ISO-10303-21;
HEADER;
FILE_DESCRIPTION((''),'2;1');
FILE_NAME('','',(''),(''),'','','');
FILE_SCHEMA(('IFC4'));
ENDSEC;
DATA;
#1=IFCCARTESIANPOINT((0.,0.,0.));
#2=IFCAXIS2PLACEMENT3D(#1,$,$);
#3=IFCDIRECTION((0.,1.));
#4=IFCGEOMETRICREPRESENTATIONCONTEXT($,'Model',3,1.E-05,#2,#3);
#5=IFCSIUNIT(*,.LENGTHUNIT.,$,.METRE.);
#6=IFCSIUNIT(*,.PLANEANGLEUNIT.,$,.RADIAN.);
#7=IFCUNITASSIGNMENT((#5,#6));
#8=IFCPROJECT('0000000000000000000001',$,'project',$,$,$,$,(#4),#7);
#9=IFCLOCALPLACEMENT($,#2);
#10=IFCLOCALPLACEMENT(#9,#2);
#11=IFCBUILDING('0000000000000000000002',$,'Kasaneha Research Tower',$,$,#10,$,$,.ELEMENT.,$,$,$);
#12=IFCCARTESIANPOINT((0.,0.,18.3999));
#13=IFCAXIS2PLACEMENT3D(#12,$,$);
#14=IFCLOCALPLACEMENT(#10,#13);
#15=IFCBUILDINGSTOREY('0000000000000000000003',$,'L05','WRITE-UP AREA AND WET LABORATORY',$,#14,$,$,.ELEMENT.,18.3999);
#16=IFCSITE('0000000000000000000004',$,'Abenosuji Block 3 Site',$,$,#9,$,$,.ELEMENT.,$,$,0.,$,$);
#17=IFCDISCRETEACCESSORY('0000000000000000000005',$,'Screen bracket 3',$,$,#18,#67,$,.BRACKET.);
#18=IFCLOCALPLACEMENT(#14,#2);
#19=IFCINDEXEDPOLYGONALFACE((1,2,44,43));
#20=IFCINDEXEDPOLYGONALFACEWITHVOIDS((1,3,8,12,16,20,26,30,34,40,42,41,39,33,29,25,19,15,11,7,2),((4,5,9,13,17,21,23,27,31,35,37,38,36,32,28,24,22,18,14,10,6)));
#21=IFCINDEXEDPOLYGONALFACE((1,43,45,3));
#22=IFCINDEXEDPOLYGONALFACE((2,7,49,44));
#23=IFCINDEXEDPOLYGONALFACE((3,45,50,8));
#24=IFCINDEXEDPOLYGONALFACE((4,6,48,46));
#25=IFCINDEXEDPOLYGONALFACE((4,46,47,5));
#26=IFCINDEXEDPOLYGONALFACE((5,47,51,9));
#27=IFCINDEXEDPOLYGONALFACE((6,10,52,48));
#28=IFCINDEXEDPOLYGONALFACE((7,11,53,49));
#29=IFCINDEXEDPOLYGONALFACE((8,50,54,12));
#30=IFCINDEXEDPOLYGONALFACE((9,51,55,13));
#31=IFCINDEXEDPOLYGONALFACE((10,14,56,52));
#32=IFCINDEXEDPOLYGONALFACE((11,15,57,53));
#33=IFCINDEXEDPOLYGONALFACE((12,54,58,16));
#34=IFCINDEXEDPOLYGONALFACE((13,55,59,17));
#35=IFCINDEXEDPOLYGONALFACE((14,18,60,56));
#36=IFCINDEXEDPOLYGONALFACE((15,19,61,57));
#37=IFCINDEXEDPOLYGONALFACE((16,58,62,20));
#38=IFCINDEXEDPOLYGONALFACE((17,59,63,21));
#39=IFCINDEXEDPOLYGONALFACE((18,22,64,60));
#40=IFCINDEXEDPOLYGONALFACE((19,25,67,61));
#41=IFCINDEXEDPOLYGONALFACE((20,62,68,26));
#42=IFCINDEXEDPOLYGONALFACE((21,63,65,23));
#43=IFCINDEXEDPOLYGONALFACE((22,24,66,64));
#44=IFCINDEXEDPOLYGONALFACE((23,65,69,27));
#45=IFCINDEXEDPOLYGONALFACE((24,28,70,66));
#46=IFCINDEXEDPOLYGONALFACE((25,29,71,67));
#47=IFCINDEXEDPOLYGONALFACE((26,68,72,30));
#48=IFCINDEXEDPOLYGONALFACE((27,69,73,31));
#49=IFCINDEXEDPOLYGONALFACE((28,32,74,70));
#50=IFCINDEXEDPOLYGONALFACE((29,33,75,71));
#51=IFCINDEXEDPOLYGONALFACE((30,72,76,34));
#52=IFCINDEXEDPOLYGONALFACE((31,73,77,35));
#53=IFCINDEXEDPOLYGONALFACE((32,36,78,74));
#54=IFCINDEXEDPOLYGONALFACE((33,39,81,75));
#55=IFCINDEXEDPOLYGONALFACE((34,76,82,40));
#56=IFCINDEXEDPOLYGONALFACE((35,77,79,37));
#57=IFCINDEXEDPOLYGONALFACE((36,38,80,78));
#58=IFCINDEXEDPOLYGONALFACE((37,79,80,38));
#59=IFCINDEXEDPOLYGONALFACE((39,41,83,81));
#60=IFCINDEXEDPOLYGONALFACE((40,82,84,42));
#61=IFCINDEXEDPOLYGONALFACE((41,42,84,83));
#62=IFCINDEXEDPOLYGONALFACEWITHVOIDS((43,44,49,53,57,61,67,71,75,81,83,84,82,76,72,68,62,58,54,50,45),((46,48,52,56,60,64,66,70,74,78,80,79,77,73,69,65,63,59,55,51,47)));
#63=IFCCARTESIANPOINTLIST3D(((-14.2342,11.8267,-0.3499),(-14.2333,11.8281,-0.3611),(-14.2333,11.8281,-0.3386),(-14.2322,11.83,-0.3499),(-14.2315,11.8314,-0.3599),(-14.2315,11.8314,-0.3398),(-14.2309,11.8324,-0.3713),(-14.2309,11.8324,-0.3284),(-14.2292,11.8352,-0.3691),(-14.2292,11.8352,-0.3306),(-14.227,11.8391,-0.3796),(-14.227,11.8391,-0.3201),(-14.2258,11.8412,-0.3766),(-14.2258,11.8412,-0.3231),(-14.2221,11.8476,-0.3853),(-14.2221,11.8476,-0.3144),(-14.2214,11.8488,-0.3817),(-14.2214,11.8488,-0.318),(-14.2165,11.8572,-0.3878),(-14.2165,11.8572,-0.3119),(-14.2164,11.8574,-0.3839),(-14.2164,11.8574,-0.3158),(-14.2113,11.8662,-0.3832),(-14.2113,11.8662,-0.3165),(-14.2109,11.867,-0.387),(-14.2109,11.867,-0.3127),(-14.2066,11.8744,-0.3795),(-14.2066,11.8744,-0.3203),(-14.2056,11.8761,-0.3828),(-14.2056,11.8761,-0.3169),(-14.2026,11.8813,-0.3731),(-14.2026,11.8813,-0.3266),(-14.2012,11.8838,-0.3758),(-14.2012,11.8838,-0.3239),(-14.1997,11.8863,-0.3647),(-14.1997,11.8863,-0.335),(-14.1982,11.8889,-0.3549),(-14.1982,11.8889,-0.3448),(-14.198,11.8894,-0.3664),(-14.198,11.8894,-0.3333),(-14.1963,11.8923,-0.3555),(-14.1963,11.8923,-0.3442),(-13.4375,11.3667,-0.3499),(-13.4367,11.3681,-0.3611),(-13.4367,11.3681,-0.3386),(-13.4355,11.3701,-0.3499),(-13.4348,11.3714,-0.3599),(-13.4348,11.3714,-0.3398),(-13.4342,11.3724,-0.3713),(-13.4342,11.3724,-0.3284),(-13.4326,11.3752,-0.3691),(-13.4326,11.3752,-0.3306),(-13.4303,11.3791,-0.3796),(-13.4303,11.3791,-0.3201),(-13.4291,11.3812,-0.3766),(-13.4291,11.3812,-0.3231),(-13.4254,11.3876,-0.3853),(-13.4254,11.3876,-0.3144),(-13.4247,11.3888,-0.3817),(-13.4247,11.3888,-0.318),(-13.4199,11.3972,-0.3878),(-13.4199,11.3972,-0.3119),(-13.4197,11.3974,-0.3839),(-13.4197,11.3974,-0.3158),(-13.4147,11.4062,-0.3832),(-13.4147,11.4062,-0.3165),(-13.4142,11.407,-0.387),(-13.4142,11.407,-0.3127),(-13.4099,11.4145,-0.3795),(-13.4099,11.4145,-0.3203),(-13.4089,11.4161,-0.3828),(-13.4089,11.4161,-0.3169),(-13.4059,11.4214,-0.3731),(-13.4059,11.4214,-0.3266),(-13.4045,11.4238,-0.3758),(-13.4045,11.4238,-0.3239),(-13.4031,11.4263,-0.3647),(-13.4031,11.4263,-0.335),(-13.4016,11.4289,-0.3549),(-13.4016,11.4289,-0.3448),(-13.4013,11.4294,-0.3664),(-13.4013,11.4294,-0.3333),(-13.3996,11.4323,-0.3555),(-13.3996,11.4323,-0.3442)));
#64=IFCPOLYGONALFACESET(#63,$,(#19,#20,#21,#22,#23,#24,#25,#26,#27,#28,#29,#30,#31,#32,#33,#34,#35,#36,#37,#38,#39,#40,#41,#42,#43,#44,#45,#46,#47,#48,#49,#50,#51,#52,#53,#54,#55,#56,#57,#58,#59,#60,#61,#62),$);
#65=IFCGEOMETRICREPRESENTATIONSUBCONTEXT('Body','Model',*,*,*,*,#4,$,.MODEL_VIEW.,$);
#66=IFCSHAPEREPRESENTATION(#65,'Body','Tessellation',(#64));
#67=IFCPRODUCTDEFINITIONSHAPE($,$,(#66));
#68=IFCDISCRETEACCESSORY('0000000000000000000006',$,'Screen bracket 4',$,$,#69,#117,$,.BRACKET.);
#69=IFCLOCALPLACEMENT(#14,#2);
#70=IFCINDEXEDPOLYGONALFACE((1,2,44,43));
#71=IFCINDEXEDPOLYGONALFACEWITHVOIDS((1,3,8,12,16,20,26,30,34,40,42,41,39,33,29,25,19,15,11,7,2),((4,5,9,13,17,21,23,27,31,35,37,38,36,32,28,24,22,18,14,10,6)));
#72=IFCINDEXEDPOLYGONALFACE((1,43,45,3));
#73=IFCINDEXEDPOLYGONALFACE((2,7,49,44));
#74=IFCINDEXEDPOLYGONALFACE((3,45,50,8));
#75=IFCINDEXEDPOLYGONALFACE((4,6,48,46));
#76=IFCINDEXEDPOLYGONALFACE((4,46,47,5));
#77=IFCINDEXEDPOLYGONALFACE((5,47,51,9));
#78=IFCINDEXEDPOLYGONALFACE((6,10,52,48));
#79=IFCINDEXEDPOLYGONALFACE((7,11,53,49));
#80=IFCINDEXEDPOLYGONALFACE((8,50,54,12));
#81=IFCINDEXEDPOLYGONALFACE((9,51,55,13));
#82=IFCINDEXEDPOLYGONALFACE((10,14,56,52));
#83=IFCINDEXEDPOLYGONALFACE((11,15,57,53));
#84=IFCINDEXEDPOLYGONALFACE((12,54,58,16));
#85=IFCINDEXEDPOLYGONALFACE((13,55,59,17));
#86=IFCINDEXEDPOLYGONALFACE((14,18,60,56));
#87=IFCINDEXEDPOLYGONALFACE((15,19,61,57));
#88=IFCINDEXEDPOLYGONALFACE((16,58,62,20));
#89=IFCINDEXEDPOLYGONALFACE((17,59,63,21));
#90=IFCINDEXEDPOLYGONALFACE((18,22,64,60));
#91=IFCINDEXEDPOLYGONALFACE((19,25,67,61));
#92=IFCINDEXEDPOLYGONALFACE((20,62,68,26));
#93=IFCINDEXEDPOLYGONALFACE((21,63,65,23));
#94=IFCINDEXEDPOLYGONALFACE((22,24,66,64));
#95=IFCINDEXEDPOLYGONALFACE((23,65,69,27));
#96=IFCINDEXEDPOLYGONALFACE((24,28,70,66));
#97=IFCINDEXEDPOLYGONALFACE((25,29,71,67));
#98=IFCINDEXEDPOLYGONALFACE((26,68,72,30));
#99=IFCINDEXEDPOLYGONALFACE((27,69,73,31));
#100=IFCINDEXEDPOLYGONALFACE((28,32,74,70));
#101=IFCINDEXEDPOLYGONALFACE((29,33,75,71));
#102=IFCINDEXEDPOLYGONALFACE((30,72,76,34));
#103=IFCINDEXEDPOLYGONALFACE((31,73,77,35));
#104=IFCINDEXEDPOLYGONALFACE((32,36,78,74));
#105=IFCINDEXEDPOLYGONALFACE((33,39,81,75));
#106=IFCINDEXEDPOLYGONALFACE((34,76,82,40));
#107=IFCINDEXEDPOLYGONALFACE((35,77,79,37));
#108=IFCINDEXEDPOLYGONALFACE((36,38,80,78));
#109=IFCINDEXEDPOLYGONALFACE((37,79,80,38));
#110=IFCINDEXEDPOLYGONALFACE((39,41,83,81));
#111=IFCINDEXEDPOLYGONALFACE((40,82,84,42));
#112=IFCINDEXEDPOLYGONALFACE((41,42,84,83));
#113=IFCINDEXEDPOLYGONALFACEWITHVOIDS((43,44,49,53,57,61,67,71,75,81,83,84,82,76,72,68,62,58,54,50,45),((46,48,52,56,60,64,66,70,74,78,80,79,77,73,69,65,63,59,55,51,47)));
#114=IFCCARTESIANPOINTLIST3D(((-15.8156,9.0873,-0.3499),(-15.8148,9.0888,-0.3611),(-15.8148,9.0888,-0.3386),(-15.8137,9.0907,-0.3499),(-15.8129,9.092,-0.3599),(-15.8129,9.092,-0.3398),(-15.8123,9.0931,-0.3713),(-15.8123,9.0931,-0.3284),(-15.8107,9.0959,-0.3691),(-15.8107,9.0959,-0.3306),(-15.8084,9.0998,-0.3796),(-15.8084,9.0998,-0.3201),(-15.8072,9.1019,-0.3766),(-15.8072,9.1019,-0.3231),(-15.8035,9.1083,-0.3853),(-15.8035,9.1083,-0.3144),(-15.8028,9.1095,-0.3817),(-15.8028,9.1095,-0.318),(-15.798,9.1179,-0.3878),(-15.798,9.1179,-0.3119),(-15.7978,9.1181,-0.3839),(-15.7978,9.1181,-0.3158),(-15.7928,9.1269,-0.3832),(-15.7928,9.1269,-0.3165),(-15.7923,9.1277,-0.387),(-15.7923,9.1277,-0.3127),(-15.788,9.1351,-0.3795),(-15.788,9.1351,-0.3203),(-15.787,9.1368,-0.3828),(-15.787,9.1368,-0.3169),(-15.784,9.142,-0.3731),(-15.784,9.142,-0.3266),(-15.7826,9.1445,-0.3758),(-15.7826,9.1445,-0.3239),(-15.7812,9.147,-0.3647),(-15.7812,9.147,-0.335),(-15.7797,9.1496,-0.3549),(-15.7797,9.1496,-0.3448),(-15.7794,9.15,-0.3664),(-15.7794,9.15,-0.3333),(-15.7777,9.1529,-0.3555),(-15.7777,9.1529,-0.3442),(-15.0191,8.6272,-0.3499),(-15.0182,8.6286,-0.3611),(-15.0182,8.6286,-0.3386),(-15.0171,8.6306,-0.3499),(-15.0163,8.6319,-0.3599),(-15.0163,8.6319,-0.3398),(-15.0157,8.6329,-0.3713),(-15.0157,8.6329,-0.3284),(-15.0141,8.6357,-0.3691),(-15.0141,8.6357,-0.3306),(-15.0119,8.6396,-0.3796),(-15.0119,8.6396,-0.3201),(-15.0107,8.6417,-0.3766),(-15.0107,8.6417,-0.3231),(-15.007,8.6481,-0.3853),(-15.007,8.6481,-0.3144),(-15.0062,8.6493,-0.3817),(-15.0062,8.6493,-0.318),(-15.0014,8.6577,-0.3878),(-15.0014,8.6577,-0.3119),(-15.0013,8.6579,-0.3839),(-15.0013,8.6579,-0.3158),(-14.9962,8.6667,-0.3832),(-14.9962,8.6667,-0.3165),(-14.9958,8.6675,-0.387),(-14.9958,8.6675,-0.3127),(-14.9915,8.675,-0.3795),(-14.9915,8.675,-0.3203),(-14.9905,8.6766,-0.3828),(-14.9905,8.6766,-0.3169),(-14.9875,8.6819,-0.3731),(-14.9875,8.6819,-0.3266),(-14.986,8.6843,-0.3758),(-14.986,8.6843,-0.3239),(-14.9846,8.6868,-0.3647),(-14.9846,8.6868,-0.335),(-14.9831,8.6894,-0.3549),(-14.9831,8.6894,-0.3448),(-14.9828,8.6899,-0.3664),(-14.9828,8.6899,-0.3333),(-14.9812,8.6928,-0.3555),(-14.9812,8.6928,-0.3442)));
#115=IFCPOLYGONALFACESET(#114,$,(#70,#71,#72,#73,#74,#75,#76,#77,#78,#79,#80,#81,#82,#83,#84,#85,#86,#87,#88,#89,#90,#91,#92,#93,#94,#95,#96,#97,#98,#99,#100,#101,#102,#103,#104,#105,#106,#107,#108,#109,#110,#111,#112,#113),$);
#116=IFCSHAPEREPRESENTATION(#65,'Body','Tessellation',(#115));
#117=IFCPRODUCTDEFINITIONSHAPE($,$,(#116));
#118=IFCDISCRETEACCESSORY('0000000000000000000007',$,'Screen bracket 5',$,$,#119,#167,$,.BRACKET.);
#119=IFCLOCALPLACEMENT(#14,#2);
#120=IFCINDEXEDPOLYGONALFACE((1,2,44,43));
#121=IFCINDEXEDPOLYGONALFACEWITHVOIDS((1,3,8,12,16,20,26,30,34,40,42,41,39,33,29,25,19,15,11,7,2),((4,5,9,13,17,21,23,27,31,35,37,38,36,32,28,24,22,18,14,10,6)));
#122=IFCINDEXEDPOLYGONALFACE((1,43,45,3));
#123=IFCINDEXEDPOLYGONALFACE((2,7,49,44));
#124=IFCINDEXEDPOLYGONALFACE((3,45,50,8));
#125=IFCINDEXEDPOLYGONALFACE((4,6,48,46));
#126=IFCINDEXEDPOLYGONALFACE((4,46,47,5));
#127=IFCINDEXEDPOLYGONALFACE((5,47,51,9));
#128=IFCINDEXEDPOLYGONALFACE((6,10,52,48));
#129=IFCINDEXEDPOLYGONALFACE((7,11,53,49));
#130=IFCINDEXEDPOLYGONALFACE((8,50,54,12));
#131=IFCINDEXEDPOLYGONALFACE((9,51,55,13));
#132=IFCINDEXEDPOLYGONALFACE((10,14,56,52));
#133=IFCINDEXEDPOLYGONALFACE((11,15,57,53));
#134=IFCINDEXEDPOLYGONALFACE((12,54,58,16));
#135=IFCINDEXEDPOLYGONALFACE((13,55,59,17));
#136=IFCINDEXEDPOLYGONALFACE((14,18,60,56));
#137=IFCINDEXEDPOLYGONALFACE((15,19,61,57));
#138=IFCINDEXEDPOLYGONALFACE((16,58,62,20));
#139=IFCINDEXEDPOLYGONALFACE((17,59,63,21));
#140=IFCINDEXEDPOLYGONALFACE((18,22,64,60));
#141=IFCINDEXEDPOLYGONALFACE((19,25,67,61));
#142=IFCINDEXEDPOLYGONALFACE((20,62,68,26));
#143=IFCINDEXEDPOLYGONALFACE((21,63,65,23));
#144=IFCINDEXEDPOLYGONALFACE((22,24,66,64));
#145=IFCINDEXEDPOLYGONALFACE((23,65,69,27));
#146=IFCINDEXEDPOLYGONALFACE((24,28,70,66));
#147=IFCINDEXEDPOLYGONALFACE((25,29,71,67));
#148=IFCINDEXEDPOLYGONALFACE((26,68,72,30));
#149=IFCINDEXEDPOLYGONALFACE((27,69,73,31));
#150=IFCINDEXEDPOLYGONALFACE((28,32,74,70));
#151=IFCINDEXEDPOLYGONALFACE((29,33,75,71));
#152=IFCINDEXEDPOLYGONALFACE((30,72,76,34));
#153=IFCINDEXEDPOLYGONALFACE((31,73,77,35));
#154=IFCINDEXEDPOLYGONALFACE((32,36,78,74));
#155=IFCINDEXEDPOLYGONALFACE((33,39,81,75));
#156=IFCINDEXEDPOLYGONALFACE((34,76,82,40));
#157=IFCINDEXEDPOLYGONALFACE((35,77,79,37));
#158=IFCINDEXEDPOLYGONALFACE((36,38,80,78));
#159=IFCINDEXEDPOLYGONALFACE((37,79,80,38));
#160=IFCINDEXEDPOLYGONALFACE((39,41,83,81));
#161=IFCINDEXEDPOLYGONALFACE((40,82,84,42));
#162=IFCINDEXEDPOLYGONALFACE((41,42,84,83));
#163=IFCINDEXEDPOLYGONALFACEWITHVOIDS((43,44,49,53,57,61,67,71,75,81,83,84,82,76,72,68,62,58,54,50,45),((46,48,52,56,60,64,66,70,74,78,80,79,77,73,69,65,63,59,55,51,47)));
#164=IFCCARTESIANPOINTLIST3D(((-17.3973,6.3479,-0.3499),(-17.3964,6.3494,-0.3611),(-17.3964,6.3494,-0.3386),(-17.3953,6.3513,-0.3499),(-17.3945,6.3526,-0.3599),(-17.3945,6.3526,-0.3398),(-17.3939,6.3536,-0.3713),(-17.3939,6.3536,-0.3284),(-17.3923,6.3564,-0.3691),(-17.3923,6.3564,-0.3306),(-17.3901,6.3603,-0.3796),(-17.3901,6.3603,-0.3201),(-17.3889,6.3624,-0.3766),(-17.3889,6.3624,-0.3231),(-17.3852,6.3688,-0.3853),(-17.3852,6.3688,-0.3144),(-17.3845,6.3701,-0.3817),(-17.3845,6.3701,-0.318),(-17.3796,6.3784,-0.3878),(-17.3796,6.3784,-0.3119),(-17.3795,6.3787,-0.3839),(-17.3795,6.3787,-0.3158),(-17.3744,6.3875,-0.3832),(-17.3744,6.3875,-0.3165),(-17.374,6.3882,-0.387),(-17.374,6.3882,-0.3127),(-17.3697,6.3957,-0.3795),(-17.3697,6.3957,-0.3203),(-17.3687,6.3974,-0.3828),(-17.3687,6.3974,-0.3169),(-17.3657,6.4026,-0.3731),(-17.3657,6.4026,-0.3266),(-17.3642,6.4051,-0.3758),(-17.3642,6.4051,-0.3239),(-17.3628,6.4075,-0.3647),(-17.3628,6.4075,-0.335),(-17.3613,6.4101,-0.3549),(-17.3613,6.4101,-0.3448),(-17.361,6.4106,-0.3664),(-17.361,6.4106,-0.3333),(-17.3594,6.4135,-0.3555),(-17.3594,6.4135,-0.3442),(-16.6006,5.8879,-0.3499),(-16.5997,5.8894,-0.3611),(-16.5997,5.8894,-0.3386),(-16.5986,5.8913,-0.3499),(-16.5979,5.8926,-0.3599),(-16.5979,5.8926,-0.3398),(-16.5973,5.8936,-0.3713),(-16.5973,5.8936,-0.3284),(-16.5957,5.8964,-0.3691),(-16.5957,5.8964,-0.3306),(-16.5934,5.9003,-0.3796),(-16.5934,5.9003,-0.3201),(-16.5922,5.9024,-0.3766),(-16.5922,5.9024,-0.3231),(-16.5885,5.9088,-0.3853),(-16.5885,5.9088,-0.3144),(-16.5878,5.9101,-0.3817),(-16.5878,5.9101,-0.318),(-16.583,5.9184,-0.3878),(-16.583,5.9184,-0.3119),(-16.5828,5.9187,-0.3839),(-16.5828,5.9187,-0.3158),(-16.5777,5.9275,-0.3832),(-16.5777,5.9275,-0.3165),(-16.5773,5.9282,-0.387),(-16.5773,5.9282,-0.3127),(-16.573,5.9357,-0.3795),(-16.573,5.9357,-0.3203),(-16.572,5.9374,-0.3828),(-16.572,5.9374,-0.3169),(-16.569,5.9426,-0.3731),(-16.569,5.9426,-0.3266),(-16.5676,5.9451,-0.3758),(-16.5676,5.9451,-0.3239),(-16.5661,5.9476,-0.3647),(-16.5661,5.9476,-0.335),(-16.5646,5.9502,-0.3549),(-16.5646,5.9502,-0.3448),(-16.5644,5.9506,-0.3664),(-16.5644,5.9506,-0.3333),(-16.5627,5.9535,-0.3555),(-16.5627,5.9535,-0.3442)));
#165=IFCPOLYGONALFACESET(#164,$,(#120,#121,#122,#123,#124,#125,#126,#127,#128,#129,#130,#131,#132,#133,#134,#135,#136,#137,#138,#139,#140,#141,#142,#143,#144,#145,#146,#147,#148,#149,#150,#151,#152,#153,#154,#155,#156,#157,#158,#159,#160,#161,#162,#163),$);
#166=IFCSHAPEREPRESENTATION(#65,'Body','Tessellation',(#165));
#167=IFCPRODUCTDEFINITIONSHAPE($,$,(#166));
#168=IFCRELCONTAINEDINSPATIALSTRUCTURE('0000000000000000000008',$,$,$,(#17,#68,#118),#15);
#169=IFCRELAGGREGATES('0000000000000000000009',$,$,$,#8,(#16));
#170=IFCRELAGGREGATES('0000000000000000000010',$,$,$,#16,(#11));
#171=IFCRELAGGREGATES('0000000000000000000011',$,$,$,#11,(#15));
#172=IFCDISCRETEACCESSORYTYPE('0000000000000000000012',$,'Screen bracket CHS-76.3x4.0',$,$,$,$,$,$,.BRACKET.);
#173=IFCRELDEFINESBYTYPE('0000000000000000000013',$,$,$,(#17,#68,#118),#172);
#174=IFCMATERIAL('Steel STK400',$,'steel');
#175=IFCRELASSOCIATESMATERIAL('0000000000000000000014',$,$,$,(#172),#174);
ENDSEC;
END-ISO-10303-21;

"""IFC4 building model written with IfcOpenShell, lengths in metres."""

from ifc_helpers import new_model, si_unit, direction, frame, origin, origin_2d, place, context, subcontext, project, spatial, hollow_circle, extrude, material, material_profile, profile_set, type_object, element, save


model = new_model("IFC4")

# Units and contexts
model_context = context("Model", 3, precision=1e-05, world=origin(), true_north=direction((0.0, 1.0)))
body_context = subcontext(model_context, "Body", "Model", "MODEL_VIEW")
ifc_project = project(units=[si_unit("LENGTHUNIT", "METRE"), si_unit("PLANEANGLEUNIT", "RADIAN")], contexts=[model_context])

# Site, building, storey
site_placement = place(None, origin())
site = spatial("IfcSite", under=ifc_project, at=site_placement, Name="Abenosuji Block 3 Site", CompositionType="ELEMENT", RefElevation=0.0)
building_placement = place(site_placement, origin())
building = spatial("IfcBuilding", under=site, at=building_placement, Name="Kasaneha Research Tower", CompositionType="ELEMENT")
storey_placement = place(building_placement, frame((0.0, 0.0, 18.3999)))
storey = spatial("IfcBuildingStorey", under=building, at=storey_placement, Name="L05", Description="WRITE-UP AREA AND WET LABORATORY", CompositionType="ELEMENT", Elevation=18.3999)

# Discrete accessories
ifc_material_1 = material(Name="Steel STK400", Category="steel")
ifc_material_profile_1 = material_profile(ifc_material_1, hollow_circle(Radius=0.0381, WallThickness=0.0039, at=origin_2d()), Name="CHS-76.3x4.0")
ifc_profile_set_1 = profile_set([ifc_material_profile_1], Name="Steel STK400")
discrete_accessory_type = type_object("IfcDiscreteAccessoryType", Name="Screen bracket CHS-76.3x4.0", PredefinedType="BRACKET", material=ifc_profile_set_1)
for number, where, z_axis, x_axis, name in (
    (1, (-13.4185, 11.3997, -0.3499), (-0.866013, 0.500021, 0.0), (-0.500021, -0.866013, 0.0), "Screen bracket 3"),
    (2, (-15.0, 8.6602, -0.3499), (-0.865898, 0.50022, 0.0), (-0.50022, -0.865898, 0.0), "Screen bracket 4"),
    (3, (-16.5815, 5.9209, -0.3499), (-0.866013, 0.500021, 0.0), (-0.500021, -0.866013, 0.0), "Screen bracket 5"),
):
    element("IfcDiscreteAccessory", number, at=place(storey_placement, frame(where, z_axis=z_axis, x_axis=x_axis)), inside=storey, type_object=discrete_accessory_type, Name=name, PredefinedType="BRACKET", context=body_context, shape_type="SweptSolid", body=[
        extrude(hollow_circle(Radius=0.0381, WallThickness=0.0039, at=origin_2d()), origin(), (0.0, 0.0, 1.0), 0.9199),
    ])

save(model, "model.ifc")
